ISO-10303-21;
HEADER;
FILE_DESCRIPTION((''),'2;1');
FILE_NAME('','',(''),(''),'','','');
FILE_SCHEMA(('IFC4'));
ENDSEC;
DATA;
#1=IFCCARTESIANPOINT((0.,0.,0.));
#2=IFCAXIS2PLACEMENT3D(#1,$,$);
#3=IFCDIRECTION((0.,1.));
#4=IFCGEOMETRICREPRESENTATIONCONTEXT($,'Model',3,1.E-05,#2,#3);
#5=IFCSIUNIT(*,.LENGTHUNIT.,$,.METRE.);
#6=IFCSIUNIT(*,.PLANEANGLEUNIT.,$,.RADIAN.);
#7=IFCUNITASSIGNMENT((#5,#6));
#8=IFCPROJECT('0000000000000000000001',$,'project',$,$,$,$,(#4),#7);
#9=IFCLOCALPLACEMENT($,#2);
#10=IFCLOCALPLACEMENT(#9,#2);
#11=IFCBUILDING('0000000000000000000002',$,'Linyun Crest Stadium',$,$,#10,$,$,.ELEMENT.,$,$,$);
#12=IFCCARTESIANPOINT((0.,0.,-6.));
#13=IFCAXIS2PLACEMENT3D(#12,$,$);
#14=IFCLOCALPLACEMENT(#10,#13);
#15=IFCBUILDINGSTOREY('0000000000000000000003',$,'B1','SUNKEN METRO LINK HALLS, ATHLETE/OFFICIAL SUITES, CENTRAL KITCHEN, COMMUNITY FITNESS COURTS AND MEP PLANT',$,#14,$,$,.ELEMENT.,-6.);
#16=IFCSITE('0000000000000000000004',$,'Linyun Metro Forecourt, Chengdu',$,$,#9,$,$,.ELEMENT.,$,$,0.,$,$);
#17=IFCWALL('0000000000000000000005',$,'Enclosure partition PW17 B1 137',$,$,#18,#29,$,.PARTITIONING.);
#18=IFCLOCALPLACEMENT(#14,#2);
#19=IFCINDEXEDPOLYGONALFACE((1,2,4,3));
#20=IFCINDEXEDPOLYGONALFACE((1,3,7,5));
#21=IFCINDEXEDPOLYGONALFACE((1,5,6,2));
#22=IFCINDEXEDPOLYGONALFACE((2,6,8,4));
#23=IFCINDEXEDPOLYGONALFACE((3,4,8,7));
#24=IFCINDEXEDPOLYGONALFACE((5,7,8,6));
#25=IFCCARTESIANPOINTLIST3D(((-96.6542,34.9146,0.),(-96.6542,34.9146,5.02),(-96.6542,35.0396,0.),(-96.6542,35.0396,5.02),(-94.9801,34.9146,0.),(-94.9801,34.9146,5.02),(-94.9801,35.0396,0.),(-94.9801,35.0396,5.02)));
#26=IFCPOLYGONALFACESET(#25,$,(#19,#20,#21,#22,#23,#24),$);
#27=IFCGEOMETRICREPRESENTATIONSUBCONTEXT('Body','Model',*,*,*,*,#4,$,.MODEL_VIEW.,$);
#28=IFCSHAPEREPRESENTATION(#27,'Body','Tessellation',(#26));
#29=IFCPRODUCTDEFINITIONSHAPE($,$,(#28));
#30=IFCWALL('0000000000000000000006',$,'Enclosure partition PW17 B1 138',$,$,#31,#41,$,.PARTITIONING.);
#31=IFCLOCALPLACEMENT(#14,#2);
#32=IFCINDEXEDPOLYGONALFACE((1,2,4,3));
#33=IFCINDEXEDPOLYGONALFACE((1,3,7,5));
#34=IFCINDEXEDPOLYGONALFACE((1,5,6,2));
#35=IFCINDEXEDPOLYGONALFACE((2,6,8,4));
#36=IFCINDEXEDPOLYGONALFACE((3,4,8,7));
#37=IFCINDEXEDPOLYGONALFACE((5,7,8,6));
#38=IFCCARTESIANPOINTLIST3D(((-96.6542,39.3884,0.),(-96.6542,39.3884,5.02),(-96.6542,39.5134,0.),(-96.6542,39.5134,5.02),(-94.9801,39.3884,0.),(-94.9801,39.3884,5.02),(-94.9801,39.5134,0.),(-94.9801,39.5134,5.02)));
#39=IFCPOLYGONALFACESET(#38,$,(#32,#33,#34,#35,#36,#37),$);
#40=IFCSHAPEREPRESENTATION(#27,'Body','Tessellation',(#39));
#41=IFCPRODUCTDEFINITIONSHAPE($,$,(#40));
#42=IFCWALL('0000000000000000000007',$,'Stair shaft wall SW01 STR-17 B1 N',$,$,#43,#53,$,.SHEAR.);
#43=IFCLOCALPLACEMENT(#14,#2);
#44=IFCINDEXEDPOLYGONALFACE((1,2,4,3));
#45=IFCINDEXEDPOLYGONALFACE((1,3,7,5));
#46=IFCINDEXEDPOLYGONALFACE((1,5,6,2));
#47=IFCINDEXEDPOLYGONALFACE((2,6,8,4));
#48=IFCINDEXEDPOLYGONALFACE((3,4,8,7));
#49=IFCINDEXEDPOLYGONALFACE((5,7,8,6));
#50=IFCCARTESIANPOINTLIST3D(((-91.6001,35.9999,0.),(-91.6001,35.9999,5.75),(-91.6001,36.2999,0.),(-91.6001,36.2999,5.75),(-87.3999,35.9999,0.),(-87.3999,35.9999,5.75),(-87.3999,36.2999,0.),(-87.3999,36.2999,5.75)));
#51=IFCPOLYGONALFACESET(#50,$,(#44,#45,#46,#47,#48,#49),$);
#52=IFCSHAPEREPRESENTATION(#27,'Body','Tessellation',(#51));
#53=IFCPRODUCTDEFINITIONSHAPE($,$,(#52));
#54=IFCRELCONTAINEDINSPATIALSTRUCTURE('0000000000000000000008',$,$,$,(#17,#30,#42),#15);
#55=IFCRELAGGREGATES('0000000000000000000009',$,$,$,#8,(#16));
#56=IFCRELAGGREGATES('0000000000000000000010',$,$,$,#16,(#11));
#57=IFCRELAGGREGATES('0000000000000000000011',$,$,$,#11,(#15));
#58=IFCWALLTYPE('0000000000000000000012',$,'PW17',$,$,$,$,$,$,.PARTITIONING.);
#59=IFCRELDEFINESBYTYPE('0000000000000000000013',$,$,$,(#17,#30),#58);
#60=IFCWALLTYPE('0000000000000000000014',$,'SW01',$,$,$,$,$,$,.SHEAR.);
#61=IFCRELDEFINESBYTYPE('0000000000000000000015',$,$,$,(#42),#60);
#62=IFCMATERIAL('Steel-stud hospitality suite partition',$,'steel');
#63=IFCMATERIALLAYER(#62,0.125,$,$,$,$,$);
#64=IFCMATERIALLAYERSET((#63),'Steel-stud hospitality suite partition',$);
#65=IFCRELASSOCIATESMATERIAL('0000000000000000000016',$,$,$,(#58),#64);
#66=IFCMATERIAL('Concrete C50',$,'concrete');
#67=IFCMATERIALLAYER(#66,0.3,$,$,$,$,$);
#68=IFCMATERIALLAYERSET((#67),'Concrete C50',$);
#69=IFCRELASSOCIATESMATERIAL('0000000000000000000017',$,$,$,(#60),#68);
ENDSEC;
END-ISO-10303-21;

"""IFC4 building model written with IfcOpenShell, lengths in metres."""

from ifc_helpers import new_model, si_unit, direction, frame, frame_2d, origin, place, context, subcontext, project, spatial, rectangle, extrude, material, layer, layer_set, type_object, element, save


model = new_model("IFC4")

# Units and contexts
model_context = context("Model", 3, precision=1e-05, world=origin(), true_north=direction((0.0, 1.0)))
body_context = subcontext(model_context, "Body", "Model", "MODEL_VIEW")
ifc_project = project(units=[si_unit("LENGTHUNIT", "METRE"), si_unit("PLANEANGLEUNIT", "RADIAN")], contexts=[model_context])

# Site, building, storey
site_placement = place(None, origin())
site = spatial("IfcSite", under=ifc_project, at=site_placement, Name="Linyun Metro Forecourt, Chengdu", CompositionType="ELEMENT", RefElevation=0.0)
building_placement = place(site_placement, origin())
building = spatial("IfcBuilding", under=site, at=building_placement, Name="Linyun Crest Stadium", CompositionType="ELEMENT")
storey_placement = place(building_placement, frame((0.0, 0.0, -6.0)))
storey = spatial("IfcBuildingStorey", under=building, at=storey_placement, Name="B1", Description="SUNKEN METRO LINK HALLS, ATHLETE/OFFICIAL SUITES, CENTRAL KITCHEN, COMMUNITY FITNESS COURTS AND MEP PLANT", CompositionType="ELEMENT", Elevation=-6.0)

# Shared definitions
ifc_material_1 = material(Name="Steel-stud hospitality suite partition", Category="steel")
ifc_layer_1 = layer(ifc_material_1, 0.125)
ifc_layer_set_1 = layer_set([ifc_layer_1], Name="Steel-stud hospitality suite partition")
wall_type_1 = type_object("IfcWallType", Name="PW17", PredefinedType="PARTITIONING", material=ifc_layer_set_1)

# Walls
for number, where, z_axis, x_axis, name in (
    (1, (-96.6541, 34.9771, 0.0), (0.0, 0.0, 1.0), (1.0, 0.0, 0.0), "Enclosure partition PW17 B1 137"),
    (2, (-96.6541, 39.4509, 0.0), (0.0, 0.0, 1.0), (1.0, 0.0, 0.0), "Enclosure partition PW17 B1 138"),
):
    element("IfcWall", number, at=place(storey_placement, frame(where, z_axis=z_axis, x_axis=x_axis)), inside=storey, type_object=wall_type_1, Name=name, PredefinedType="PARTITIONING", context=body_context, shape_type="SweptSolid", body=[
        extrude(rectangle(XDim=1.6741, YDim=0.125, at=frame_2d((0.8369, 0.0))), origin(), (0.0, 0.0, 1.0), 5.02),
    ])
ifc_material_2 = material(Name="Concrete C50", Category="concrete")
ifc_layer_2 = layer(ifc_material_2, 0.3)
ifc_layer_set_2 = layer_set([ifc_layer_2], Name="Concrete C50")
wall_type_2 = type_object("IfcWallType", Name="SW01", PredefinedType="SHEAR", material=ifc_layer_set_2)
wall_1_placement = place(storey_placement, frame((-91.6001, 36.1499, 0.0), z_axis=(0.0, 0.0, 1.0), x_axis=(1.0, 0.0, 0.0)))
element("IfcWall", 3, at=wall_1_placement, inside=storey, type_object=wall_type_2, Name="Stair shaft wall SW01 STR-17 B1 N", PredefinedType="SHEAR", context=body_context, shape_type="SweptSolid", body=[
    extrude(rectangle(XDim=4.2002, YDim=0.3, at=frame_2d((2.1001, 0.0))), origin(), (0.0, 0.0, 1.0), 5.75),
])

save(model, "model.ifc")
